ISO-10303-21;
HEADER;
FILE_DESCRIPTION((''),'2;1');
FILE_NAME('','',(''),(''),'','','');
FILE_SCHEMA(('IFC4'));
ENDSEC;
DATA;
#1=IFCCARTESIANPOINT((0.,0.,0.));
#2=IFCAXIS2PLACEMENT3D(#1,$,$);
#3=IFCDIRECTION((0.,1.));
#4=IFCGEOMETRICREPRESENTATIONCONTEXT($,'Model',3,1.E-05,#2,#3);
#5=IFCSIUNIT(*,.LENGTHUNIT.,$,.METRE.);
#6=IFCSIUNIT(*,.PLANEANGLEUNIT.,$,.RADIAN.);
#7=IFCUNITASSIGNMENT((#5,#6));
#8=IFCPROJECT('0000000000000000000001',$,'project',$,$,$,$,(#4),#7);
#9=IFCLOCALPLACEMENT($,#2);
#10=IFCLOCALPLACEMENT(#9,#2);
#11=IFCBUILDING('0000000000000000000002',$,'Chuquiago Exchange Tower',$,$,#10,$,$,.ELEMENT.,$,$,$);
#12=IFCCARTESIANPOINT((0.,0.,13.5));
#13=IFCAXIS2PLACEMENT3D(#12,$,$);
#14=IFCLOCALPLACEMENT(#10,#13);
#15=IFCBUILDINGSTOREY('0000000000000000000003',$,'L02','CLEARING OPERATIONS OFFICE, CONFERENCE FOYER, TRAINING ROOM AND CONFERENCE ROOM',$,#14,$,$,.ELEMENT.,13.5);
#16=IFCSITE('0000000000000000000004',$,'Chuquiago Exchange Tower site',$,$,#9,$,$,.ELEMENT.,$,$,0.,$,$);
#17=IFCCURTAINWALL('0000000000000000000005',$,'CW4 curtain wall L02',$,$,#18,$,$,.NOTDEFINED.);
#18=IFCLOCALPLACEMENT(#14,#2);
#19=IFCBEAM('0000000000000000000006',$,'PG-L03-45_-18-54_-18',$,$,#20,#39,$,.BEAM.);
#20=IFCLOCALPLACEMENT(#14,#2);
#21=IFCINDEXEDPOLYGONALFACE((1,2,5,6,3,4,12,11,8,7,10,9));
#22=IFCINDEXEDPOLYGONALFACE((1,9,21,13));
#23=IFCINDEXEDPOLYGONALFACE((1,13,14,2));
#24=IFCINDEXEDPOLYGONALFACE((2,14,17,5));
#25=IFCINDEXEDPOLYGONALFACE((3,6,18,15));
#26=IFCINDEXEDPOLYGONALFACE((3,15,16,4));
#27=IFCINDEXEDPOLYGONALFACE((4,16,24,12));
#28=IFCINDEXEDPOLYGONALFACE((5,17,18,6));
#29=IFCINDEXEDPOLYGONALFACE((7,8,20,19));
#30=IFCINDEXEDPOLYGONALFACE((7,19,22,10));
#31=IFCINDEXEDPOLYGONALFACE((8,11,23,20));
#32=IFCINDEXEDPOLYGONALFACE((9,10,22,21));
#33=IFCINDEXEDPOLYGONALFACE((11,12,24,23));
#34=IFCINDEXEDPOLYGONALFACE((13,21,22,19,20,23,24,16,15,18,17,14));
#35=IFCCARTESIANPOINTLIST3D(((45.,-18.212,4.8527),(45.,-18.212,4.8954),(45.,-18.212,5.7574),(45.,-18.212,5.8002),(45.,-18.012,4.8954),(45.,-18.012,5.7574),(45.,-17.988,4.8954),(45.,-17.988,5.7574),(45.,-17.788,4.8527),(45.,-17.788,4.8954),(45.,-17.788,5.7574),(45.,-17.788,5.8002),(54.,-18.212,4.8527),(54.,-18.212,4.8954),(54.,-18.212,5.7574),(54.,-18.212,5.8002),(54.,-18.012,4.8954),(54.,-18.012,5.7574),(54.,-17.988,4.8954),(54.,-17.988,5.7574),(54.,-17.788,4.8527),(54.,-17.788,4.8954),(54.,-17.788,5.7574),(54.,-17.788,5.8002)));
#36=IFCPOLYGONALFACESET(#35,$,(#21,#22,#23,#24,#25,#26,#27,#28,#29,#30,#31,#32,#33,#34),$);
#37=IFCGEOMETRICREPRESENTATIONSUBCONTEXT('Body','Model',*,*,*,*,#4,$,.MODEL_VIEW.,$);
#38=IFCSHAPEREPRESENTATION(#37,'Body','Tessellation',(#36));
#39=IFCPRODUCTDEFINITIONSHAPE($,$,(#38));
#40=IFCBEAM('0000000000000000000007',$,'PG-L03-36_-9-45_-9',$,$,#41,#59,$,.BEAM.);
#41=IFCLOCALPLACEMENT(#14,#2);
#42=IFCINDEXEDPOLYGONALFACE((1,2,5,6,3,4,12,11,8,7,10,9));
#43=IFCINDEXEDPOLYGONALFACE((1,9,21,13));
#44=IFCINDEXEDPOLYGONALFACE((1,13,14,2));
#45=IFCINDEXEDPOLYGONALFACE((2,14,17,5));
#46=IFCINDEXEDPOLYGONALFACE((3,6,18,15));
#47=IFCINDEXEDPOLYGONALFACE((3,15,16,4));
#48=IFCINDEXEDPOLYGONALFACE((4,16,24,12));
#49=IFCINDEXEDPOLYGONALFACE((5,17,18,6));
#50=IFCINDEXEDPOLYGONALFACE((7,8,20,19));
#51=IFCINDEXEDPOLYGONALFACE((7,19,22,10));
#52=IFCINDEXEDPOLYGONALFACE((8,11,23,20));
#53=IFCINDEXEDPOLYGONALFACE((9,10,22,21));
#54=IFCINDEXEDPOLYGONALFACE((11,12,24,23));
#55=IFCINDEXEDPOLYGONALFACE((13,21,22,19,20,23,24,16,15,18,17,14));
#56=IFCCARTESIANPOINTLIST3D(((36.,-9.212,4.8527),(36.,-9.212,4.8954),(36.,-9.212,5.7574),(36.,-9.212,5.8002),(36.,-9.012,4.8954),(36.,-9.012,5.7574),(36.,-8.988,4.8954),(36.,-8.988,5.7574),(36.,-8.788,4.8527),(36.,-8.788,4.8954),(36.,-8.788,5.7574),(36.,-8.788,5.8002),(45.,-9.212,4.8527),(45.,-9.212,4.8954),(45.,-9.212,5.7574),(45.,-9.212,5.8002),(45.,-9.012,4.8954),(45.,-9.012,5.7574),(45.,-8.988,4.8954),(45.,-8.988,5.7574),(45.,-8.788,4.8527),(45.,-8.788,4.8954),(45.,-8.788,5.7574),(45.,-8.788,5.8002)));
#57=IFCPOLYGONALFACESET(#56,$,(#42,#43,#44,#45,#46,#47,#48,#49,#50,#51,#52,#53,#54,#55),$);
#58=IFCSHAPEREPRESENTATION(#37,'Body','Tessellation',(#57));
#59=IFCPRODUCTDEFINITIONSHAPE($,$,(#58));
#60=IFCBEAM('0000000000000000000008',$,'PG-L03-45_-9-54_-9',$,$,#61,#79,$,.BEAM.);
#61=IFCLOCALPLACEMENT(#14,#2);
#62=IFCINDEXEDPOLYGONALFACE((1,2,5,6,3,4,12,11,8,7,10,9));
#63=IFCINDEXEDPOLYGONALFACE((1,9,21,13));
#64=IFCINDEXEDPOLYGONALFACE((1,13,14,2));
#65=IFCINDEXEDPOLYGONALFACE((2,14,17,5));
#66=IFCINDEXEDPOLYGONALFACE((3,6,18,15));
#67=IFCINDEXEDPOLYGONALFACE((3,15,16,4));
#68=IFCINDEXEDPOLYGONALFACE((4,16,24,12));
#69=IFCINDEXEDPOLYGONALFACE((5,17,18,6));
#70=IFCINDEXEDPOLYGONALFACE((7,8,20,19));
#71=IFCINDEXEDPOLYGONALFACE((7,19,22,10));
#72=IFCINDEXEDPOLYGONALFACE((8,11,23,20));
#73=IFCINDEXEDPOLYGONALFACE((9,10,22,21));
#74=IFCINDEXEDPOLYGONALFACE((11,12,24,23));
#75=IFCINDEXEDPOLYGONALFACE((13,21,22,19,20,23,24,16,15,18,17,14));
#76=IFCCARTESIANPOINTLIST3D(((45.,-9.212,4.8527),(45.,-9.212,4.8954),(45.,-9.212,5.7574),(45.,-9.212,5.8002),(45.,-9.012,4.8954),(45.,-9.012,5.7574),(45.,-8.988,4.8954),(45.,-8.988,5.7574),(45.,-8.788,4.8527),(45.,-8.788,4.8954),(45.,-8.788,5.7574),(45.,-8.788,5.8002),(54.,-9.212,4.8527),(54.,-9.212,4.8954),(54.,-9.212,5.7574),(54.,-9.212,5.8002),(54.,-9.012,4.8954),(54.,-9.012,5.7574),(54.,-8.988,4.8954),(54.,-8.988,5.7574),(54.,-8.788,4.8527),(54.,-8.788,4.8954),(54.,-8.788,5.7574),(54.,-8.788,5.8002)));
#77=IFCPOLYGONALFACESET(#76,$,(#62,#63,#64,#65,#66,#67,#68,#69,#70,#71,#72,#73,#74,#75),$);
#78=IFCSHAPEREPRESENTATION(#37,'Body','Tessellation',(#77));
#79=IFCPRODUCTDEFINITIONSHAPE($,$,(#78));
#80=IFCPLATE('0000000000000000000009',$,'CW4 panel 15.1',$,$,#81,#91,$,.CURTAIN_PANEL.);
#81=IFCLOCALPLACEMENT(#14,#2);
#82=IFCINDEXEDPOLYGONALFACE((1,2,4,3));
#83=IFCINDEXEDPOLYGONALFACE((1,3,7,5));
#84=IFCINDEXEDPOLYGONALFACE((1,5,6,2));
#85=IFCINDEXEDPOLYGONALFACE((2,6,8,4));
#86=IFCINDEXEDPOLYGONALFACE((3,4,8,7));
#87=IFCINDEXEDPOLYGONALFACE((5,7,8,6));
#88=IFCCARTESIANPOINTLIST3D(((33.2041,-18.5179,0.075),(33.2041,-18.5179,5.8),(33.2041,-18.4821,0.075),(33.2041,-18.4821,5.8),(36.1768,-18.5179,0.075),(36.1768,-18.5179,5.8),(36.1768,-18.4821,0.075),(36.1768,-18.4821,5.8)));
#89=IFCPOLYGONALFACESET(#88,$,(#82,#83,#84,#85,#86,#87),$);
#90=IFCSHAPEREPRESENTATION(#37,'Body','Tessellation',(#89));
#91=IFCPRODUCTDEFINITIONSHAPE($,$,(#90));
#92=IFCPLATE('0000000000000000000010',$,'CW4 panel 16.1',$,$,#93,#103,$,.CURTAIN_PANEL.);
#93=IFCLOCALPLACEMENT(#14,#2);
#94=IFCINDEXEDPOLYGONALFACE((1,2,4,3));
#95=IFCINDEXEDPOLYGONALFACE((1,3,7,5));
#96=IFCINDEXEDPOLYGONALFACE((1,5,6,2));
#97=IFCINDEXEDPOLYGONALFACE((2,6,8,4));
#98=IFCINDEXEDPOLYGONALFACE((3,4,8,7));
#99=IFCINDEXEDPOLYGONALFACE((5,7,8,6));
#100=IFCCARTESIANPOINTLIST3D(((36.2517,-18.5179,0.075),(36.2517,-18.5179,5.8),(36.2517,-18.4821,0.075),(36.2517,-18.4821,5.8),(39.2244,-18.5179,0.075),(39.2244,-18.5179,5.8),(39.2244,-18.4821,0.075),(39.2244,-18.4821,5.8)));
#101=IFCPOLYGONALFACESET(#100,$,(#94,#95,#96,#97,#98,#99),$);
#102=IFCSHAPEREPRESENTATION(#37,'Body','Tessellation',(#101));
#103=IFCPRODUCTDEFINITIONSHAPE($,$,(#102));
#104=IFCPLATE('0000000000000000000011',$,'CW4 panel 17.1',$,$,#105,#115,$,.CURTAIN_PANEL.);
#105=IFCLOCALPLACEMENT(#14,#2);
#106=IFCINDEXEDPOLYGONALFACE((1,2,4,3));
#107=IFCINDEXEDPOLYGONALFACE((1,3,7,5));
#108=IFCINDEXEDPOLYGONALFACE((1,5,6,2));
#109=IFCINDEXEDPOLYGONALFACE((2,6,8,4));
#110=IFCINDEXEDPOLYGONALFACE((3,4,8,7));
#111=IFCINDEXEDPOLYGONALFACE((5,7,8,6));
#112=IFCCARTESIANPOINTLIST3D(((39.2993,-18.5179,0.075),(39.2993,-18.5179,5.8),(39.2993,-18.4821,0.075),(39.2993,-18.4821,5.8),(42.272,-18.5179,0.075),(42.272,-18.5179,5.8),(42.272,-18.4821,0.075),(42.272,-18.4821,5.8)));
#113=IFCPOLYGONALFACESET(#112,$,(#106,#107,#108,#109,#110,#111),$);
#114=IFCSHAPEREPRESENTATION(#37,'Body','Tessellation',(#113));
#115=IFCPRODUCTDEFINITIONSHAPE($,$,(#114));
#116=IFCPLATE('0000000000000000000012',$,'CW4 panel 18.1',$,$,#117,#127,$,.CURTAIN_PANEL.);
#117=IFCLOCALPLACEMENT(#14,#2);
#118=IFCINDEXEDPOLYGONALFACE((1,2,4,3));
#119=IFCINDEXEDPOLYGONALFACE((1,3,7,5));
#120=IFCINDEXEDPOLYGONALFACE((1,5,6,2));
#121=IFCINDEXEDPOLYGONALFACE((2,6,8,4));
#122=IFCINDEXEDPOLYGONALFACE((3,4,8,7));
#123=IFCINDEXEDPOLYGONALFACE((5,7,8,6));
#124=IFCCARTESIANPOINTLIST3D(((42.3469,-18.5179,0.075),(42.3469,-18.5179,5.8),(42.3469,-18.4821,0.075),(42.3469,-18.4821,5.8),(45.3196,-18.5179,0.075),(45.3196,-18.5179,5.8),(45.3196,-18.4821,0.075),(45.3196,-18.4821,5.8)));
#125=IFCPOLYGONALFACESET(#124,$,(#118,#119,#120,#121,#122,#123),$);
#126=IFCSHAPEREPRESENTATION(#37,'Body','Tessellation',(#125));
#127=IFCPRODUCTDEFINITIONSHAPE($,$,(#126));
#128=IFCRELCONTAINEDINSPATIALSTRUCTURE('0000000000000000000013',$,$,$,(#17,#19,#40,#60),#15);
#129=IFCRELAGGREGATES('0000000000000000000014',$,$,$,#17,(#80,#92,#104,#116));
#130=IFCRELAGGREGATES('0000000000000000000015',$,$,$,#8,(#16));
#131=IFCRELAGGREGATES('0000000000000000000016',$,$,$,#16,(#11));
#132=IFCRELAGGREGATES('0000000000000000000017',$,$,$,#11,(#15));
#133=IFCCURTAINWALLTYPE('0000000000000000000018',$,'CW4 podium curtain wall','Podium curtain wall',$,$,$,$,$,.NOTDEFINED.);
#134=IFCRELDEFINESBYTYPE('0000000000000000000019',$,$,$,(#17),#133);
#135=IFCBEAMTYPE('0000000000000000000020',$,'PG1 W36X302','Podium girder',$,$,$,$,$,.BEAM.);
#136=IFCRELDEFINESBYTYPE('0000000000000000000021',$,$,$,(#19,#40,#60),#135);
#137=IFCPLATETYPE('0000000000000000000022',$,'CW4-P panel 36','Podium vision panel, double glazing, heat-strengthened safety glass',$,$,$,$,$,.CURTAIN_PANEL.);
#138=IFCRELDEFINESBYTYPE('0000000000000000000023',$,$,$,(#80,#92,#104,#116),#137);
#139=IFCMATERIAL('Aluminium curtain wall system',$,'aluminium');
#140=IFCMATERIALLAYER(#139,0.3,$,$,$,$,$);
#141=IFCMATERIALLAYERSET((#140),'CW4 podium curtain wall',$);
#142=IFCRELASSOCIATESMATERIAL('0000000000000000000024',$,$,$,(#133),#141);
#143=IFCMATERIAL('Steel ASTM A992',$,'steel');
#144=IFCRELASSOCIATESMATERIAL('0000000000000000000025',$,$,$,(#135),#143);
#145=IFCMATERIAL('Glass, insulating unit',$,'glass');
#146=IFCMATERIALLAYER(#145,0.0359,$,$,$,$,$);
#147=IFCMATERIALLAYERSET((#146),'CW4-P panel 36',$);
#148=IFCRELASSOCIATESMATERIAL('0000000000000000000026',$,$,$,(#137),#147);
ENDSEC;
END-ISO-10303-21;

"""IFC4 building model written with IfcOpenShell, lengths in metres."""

from ifc_helpers import new_model, si_unit, direction, frame, origin, origin_2d, place, context, subcontext, project, spatial, rectangle, i_section, extrude, material, layer, layer_set, material_profile, profile_set, type_object, element, aggregate, save


model = new_model("IFC4")

# Units and contexts
model_context = context("Model", 3, precision=1e-05, world=origin(), true_north=direction((0.0, 1.0)))
body_context = subcontext(model_context, "Body", "Model", "MODEL_VIEW")
ifc_project = project(units=[si_unit("LENGTHUNIT", "METRE"), si_unit("PLANEANGLEUNIT", "RADIAN")], contexts=[model_context])

# Site, building, storey
site_placement = place(None, origin())
site = spatial("IfcSite", under=ifc_project, at=site_placement, Name="Chuquiago Exchange Tower site", CompositionType="ELEMENT", RefElevation=0.0)
building_placement = place(site_placement, origin())
building = spatial("IfcBuilding", under=site, at=building_placement, Name="Chuquiago Exchange Tower", CompositionType="ELEMENT")
storey_placement = place(building_placement, frame((0.0, 0.0, 13.5)))
storey = spatial("IfcBuildingStorey", under=building, at=storey_placement, Name="L02", Description="CLEARING OPERATIONS OFFICE, CONFERENCE FOYER, TRAINING ROOM AND CONFERENCE ROOM", CompositionType="ELEMENT", Elevation=13.5)

# Curtain wall
ifc_material_1 = material(Name="Aluminium curtain wall system", Category="aluminium")
ifc_layer_1 = layer(ifc_material_1, 0.3)
ifc_layer_set_1 = layer_set([ifc_layer_1], Name="CW4 podium curtain wall")
curtain_wall_type = type_object("IfcCurtainWallType", Name="CW4 podium curtain wall", Description="Podium curtain wall", PredefinedType="NOTDEFINED", material=ifc_layer_set_1)
curtain_wall_placement = place(storey_placement, origin())
curtain_wall = element("IfcCurtainWall", 1, at=curtain_wall_placement, inside=storey, type_object=curtain_wall_type, Name="CW4 curtain wall L02", PredefinedType="NOTDEFINED")

# Beams
ifc_material_2 = material(Name="Steel ASTM A992", Category="steel")
ifc_material_profile_1 = material_profile(ifc_material_2, i_section(OverallWidth=0.4241, OverallDepth=0.9475, WebThickness=0.0239, FlangeThickness=0.0427, at=origin_2d()), Name="W36X302")
ifc_profile_set_1 = profile_set([ifc_material_profile_1], Name="Steel ASTM A992")
beam_type_1 = type_object("IfcBeamType", Name="PG1 W36X302", Description="Podium girder", PredefinedType="BEAM", material=ifc_profile_set_1)
for number, where, z_axis, x_axis, name in (
    (2, (45.0, -18.0, 5.3264), (1.0, 0.0, 0.0), (0.0, 1.0, 0.0), "PG-L03-45_-18-54_-18"),
    (3, (36.0, -9.0, 5.3264), (1.0, 0.0, 0.0), (0.0, 1.0, 0.0), "PG-L03-36_-9-45_-9"),
    (4, (45.0, -9.0, 5.3264), (1.0, 0.0, 0.0), (0.0, 1.0, 0.0), "PG-L03-45_-9-54_-9"),
):
    element("IfcBeam", number, at=place(storey_placement, frame(where, z_axis=z_axis, x_axis=x_axis)), inside=storey, type_object=beam_type_1, Name=name, PredefinedType="BEAM", context=body_context, shape_type="SweptSolid", body=[
        extrude(i_section(OverallWidth=0.4241, OverallDepth=0.9475, WebThickness=0.0239, FlangeThickness=0.0427, at=origin_2d()), origin(), (0.0, 0.0, 1.0), 9.0),
    ])

# Plates
ifc_material_3 = material(Name="Glass, insulating unit", Category="glass")
ifc_layer_2 = layer(ifc_material_3, 0.0359)
ifc_layer_set_2 = layer_set([ifc_layer_2], Name="CW4-P panel 36")
plate_type = type_object("IfcPlateType", Name="CW4-P panel 36", Description="Podium vision panel, double glazing, heat-strengthened safety glass", PredefinedType="CURTAIN_PANEL", material=ifc_layer_set_2)
plate_1_placement = place(storey_placement, frame((34.6904, -18.5, 0.075), z_axis=(0.0, 0.0, 1.0), x_axis=(1.0, 0.0, 0.0)))
plate_1 = element("IfcPlate", 5, at=plate_1_placement, type_object=plate_type, Name="CW4 panel 15.1", PredefinedType="CURTAIN_PANEL", context=body_context, shape_type="SweptSolid", body=[
    extrude(rectangle(XDim=2.9727, YDim=0.0359, at=origin_2d()), origin(), (0.0, 0.0, 1.0), 5.7251),
])
plate_2_placement = place(storey_placement, frame((37.738, -18.5, 0.075), z_axis=(0.0, 0.0, 1.0), x_axis=(1.0, 0.0, 0.0)))
plate_2 = element("IfcPlate", 6, at=plate_2_placement, type_object=plate_type, Name="CW4 panel 16.1", PredefinedType="CURTAIN_PANEL", context=body_context, shape_type="SweptSolid", body=[
    extrude(rectangle(XDim=2.9727, YDim=0.0359, at=origin_2d()), origin(), (0.0, 0.0, 1.0), 5.7251),
])
plate_3_placement = place(storey_placement, frame((40.7856, -18.5, 0.075), z_axis=(0.0, 0.0, 1.0), x_axis=(1.0, 0.0, 0.0)))
plate_3 = element("IfcPlate", 7, at=plate_3_placement, type_object=plate_type, Name="CW4 panel 17.1", PredefinedType="CURTAIN_PANEL", context=body_context, shape_type="SweptSolid", body=[
    extrude(rectangle(XDim=2.9727, YDim=0.0359, at=origin_2d()), origin(), (0.0, 0.0, 1.0), 5.7251),
])
plate_4_placement = place(storey_placement, frame((43.8333, -18.5, 0.075), z_axis=(0.0, 0.0, 1.0), x_axis=(1.0, 0.0, 0.0)))
plate_4 = element("IfcPlate", 8, at=plate_4_placement, type_object=plate_type, Name="CW4 panel 18.1", PredefinedType="CURTAIN_PANEL", context=body_context, shape_type="SweptSolid", body=[
    extrude(rectangle(XDim=2.9727, YDim=0.0359, at=origin_2d()), origin(), (0.0, 0.0, 1.0), 5.7251),
])
aggregate(curtain_wall, [plate_1, plate_2, plate_3, plate_4])

save(model, "model.ifc")
